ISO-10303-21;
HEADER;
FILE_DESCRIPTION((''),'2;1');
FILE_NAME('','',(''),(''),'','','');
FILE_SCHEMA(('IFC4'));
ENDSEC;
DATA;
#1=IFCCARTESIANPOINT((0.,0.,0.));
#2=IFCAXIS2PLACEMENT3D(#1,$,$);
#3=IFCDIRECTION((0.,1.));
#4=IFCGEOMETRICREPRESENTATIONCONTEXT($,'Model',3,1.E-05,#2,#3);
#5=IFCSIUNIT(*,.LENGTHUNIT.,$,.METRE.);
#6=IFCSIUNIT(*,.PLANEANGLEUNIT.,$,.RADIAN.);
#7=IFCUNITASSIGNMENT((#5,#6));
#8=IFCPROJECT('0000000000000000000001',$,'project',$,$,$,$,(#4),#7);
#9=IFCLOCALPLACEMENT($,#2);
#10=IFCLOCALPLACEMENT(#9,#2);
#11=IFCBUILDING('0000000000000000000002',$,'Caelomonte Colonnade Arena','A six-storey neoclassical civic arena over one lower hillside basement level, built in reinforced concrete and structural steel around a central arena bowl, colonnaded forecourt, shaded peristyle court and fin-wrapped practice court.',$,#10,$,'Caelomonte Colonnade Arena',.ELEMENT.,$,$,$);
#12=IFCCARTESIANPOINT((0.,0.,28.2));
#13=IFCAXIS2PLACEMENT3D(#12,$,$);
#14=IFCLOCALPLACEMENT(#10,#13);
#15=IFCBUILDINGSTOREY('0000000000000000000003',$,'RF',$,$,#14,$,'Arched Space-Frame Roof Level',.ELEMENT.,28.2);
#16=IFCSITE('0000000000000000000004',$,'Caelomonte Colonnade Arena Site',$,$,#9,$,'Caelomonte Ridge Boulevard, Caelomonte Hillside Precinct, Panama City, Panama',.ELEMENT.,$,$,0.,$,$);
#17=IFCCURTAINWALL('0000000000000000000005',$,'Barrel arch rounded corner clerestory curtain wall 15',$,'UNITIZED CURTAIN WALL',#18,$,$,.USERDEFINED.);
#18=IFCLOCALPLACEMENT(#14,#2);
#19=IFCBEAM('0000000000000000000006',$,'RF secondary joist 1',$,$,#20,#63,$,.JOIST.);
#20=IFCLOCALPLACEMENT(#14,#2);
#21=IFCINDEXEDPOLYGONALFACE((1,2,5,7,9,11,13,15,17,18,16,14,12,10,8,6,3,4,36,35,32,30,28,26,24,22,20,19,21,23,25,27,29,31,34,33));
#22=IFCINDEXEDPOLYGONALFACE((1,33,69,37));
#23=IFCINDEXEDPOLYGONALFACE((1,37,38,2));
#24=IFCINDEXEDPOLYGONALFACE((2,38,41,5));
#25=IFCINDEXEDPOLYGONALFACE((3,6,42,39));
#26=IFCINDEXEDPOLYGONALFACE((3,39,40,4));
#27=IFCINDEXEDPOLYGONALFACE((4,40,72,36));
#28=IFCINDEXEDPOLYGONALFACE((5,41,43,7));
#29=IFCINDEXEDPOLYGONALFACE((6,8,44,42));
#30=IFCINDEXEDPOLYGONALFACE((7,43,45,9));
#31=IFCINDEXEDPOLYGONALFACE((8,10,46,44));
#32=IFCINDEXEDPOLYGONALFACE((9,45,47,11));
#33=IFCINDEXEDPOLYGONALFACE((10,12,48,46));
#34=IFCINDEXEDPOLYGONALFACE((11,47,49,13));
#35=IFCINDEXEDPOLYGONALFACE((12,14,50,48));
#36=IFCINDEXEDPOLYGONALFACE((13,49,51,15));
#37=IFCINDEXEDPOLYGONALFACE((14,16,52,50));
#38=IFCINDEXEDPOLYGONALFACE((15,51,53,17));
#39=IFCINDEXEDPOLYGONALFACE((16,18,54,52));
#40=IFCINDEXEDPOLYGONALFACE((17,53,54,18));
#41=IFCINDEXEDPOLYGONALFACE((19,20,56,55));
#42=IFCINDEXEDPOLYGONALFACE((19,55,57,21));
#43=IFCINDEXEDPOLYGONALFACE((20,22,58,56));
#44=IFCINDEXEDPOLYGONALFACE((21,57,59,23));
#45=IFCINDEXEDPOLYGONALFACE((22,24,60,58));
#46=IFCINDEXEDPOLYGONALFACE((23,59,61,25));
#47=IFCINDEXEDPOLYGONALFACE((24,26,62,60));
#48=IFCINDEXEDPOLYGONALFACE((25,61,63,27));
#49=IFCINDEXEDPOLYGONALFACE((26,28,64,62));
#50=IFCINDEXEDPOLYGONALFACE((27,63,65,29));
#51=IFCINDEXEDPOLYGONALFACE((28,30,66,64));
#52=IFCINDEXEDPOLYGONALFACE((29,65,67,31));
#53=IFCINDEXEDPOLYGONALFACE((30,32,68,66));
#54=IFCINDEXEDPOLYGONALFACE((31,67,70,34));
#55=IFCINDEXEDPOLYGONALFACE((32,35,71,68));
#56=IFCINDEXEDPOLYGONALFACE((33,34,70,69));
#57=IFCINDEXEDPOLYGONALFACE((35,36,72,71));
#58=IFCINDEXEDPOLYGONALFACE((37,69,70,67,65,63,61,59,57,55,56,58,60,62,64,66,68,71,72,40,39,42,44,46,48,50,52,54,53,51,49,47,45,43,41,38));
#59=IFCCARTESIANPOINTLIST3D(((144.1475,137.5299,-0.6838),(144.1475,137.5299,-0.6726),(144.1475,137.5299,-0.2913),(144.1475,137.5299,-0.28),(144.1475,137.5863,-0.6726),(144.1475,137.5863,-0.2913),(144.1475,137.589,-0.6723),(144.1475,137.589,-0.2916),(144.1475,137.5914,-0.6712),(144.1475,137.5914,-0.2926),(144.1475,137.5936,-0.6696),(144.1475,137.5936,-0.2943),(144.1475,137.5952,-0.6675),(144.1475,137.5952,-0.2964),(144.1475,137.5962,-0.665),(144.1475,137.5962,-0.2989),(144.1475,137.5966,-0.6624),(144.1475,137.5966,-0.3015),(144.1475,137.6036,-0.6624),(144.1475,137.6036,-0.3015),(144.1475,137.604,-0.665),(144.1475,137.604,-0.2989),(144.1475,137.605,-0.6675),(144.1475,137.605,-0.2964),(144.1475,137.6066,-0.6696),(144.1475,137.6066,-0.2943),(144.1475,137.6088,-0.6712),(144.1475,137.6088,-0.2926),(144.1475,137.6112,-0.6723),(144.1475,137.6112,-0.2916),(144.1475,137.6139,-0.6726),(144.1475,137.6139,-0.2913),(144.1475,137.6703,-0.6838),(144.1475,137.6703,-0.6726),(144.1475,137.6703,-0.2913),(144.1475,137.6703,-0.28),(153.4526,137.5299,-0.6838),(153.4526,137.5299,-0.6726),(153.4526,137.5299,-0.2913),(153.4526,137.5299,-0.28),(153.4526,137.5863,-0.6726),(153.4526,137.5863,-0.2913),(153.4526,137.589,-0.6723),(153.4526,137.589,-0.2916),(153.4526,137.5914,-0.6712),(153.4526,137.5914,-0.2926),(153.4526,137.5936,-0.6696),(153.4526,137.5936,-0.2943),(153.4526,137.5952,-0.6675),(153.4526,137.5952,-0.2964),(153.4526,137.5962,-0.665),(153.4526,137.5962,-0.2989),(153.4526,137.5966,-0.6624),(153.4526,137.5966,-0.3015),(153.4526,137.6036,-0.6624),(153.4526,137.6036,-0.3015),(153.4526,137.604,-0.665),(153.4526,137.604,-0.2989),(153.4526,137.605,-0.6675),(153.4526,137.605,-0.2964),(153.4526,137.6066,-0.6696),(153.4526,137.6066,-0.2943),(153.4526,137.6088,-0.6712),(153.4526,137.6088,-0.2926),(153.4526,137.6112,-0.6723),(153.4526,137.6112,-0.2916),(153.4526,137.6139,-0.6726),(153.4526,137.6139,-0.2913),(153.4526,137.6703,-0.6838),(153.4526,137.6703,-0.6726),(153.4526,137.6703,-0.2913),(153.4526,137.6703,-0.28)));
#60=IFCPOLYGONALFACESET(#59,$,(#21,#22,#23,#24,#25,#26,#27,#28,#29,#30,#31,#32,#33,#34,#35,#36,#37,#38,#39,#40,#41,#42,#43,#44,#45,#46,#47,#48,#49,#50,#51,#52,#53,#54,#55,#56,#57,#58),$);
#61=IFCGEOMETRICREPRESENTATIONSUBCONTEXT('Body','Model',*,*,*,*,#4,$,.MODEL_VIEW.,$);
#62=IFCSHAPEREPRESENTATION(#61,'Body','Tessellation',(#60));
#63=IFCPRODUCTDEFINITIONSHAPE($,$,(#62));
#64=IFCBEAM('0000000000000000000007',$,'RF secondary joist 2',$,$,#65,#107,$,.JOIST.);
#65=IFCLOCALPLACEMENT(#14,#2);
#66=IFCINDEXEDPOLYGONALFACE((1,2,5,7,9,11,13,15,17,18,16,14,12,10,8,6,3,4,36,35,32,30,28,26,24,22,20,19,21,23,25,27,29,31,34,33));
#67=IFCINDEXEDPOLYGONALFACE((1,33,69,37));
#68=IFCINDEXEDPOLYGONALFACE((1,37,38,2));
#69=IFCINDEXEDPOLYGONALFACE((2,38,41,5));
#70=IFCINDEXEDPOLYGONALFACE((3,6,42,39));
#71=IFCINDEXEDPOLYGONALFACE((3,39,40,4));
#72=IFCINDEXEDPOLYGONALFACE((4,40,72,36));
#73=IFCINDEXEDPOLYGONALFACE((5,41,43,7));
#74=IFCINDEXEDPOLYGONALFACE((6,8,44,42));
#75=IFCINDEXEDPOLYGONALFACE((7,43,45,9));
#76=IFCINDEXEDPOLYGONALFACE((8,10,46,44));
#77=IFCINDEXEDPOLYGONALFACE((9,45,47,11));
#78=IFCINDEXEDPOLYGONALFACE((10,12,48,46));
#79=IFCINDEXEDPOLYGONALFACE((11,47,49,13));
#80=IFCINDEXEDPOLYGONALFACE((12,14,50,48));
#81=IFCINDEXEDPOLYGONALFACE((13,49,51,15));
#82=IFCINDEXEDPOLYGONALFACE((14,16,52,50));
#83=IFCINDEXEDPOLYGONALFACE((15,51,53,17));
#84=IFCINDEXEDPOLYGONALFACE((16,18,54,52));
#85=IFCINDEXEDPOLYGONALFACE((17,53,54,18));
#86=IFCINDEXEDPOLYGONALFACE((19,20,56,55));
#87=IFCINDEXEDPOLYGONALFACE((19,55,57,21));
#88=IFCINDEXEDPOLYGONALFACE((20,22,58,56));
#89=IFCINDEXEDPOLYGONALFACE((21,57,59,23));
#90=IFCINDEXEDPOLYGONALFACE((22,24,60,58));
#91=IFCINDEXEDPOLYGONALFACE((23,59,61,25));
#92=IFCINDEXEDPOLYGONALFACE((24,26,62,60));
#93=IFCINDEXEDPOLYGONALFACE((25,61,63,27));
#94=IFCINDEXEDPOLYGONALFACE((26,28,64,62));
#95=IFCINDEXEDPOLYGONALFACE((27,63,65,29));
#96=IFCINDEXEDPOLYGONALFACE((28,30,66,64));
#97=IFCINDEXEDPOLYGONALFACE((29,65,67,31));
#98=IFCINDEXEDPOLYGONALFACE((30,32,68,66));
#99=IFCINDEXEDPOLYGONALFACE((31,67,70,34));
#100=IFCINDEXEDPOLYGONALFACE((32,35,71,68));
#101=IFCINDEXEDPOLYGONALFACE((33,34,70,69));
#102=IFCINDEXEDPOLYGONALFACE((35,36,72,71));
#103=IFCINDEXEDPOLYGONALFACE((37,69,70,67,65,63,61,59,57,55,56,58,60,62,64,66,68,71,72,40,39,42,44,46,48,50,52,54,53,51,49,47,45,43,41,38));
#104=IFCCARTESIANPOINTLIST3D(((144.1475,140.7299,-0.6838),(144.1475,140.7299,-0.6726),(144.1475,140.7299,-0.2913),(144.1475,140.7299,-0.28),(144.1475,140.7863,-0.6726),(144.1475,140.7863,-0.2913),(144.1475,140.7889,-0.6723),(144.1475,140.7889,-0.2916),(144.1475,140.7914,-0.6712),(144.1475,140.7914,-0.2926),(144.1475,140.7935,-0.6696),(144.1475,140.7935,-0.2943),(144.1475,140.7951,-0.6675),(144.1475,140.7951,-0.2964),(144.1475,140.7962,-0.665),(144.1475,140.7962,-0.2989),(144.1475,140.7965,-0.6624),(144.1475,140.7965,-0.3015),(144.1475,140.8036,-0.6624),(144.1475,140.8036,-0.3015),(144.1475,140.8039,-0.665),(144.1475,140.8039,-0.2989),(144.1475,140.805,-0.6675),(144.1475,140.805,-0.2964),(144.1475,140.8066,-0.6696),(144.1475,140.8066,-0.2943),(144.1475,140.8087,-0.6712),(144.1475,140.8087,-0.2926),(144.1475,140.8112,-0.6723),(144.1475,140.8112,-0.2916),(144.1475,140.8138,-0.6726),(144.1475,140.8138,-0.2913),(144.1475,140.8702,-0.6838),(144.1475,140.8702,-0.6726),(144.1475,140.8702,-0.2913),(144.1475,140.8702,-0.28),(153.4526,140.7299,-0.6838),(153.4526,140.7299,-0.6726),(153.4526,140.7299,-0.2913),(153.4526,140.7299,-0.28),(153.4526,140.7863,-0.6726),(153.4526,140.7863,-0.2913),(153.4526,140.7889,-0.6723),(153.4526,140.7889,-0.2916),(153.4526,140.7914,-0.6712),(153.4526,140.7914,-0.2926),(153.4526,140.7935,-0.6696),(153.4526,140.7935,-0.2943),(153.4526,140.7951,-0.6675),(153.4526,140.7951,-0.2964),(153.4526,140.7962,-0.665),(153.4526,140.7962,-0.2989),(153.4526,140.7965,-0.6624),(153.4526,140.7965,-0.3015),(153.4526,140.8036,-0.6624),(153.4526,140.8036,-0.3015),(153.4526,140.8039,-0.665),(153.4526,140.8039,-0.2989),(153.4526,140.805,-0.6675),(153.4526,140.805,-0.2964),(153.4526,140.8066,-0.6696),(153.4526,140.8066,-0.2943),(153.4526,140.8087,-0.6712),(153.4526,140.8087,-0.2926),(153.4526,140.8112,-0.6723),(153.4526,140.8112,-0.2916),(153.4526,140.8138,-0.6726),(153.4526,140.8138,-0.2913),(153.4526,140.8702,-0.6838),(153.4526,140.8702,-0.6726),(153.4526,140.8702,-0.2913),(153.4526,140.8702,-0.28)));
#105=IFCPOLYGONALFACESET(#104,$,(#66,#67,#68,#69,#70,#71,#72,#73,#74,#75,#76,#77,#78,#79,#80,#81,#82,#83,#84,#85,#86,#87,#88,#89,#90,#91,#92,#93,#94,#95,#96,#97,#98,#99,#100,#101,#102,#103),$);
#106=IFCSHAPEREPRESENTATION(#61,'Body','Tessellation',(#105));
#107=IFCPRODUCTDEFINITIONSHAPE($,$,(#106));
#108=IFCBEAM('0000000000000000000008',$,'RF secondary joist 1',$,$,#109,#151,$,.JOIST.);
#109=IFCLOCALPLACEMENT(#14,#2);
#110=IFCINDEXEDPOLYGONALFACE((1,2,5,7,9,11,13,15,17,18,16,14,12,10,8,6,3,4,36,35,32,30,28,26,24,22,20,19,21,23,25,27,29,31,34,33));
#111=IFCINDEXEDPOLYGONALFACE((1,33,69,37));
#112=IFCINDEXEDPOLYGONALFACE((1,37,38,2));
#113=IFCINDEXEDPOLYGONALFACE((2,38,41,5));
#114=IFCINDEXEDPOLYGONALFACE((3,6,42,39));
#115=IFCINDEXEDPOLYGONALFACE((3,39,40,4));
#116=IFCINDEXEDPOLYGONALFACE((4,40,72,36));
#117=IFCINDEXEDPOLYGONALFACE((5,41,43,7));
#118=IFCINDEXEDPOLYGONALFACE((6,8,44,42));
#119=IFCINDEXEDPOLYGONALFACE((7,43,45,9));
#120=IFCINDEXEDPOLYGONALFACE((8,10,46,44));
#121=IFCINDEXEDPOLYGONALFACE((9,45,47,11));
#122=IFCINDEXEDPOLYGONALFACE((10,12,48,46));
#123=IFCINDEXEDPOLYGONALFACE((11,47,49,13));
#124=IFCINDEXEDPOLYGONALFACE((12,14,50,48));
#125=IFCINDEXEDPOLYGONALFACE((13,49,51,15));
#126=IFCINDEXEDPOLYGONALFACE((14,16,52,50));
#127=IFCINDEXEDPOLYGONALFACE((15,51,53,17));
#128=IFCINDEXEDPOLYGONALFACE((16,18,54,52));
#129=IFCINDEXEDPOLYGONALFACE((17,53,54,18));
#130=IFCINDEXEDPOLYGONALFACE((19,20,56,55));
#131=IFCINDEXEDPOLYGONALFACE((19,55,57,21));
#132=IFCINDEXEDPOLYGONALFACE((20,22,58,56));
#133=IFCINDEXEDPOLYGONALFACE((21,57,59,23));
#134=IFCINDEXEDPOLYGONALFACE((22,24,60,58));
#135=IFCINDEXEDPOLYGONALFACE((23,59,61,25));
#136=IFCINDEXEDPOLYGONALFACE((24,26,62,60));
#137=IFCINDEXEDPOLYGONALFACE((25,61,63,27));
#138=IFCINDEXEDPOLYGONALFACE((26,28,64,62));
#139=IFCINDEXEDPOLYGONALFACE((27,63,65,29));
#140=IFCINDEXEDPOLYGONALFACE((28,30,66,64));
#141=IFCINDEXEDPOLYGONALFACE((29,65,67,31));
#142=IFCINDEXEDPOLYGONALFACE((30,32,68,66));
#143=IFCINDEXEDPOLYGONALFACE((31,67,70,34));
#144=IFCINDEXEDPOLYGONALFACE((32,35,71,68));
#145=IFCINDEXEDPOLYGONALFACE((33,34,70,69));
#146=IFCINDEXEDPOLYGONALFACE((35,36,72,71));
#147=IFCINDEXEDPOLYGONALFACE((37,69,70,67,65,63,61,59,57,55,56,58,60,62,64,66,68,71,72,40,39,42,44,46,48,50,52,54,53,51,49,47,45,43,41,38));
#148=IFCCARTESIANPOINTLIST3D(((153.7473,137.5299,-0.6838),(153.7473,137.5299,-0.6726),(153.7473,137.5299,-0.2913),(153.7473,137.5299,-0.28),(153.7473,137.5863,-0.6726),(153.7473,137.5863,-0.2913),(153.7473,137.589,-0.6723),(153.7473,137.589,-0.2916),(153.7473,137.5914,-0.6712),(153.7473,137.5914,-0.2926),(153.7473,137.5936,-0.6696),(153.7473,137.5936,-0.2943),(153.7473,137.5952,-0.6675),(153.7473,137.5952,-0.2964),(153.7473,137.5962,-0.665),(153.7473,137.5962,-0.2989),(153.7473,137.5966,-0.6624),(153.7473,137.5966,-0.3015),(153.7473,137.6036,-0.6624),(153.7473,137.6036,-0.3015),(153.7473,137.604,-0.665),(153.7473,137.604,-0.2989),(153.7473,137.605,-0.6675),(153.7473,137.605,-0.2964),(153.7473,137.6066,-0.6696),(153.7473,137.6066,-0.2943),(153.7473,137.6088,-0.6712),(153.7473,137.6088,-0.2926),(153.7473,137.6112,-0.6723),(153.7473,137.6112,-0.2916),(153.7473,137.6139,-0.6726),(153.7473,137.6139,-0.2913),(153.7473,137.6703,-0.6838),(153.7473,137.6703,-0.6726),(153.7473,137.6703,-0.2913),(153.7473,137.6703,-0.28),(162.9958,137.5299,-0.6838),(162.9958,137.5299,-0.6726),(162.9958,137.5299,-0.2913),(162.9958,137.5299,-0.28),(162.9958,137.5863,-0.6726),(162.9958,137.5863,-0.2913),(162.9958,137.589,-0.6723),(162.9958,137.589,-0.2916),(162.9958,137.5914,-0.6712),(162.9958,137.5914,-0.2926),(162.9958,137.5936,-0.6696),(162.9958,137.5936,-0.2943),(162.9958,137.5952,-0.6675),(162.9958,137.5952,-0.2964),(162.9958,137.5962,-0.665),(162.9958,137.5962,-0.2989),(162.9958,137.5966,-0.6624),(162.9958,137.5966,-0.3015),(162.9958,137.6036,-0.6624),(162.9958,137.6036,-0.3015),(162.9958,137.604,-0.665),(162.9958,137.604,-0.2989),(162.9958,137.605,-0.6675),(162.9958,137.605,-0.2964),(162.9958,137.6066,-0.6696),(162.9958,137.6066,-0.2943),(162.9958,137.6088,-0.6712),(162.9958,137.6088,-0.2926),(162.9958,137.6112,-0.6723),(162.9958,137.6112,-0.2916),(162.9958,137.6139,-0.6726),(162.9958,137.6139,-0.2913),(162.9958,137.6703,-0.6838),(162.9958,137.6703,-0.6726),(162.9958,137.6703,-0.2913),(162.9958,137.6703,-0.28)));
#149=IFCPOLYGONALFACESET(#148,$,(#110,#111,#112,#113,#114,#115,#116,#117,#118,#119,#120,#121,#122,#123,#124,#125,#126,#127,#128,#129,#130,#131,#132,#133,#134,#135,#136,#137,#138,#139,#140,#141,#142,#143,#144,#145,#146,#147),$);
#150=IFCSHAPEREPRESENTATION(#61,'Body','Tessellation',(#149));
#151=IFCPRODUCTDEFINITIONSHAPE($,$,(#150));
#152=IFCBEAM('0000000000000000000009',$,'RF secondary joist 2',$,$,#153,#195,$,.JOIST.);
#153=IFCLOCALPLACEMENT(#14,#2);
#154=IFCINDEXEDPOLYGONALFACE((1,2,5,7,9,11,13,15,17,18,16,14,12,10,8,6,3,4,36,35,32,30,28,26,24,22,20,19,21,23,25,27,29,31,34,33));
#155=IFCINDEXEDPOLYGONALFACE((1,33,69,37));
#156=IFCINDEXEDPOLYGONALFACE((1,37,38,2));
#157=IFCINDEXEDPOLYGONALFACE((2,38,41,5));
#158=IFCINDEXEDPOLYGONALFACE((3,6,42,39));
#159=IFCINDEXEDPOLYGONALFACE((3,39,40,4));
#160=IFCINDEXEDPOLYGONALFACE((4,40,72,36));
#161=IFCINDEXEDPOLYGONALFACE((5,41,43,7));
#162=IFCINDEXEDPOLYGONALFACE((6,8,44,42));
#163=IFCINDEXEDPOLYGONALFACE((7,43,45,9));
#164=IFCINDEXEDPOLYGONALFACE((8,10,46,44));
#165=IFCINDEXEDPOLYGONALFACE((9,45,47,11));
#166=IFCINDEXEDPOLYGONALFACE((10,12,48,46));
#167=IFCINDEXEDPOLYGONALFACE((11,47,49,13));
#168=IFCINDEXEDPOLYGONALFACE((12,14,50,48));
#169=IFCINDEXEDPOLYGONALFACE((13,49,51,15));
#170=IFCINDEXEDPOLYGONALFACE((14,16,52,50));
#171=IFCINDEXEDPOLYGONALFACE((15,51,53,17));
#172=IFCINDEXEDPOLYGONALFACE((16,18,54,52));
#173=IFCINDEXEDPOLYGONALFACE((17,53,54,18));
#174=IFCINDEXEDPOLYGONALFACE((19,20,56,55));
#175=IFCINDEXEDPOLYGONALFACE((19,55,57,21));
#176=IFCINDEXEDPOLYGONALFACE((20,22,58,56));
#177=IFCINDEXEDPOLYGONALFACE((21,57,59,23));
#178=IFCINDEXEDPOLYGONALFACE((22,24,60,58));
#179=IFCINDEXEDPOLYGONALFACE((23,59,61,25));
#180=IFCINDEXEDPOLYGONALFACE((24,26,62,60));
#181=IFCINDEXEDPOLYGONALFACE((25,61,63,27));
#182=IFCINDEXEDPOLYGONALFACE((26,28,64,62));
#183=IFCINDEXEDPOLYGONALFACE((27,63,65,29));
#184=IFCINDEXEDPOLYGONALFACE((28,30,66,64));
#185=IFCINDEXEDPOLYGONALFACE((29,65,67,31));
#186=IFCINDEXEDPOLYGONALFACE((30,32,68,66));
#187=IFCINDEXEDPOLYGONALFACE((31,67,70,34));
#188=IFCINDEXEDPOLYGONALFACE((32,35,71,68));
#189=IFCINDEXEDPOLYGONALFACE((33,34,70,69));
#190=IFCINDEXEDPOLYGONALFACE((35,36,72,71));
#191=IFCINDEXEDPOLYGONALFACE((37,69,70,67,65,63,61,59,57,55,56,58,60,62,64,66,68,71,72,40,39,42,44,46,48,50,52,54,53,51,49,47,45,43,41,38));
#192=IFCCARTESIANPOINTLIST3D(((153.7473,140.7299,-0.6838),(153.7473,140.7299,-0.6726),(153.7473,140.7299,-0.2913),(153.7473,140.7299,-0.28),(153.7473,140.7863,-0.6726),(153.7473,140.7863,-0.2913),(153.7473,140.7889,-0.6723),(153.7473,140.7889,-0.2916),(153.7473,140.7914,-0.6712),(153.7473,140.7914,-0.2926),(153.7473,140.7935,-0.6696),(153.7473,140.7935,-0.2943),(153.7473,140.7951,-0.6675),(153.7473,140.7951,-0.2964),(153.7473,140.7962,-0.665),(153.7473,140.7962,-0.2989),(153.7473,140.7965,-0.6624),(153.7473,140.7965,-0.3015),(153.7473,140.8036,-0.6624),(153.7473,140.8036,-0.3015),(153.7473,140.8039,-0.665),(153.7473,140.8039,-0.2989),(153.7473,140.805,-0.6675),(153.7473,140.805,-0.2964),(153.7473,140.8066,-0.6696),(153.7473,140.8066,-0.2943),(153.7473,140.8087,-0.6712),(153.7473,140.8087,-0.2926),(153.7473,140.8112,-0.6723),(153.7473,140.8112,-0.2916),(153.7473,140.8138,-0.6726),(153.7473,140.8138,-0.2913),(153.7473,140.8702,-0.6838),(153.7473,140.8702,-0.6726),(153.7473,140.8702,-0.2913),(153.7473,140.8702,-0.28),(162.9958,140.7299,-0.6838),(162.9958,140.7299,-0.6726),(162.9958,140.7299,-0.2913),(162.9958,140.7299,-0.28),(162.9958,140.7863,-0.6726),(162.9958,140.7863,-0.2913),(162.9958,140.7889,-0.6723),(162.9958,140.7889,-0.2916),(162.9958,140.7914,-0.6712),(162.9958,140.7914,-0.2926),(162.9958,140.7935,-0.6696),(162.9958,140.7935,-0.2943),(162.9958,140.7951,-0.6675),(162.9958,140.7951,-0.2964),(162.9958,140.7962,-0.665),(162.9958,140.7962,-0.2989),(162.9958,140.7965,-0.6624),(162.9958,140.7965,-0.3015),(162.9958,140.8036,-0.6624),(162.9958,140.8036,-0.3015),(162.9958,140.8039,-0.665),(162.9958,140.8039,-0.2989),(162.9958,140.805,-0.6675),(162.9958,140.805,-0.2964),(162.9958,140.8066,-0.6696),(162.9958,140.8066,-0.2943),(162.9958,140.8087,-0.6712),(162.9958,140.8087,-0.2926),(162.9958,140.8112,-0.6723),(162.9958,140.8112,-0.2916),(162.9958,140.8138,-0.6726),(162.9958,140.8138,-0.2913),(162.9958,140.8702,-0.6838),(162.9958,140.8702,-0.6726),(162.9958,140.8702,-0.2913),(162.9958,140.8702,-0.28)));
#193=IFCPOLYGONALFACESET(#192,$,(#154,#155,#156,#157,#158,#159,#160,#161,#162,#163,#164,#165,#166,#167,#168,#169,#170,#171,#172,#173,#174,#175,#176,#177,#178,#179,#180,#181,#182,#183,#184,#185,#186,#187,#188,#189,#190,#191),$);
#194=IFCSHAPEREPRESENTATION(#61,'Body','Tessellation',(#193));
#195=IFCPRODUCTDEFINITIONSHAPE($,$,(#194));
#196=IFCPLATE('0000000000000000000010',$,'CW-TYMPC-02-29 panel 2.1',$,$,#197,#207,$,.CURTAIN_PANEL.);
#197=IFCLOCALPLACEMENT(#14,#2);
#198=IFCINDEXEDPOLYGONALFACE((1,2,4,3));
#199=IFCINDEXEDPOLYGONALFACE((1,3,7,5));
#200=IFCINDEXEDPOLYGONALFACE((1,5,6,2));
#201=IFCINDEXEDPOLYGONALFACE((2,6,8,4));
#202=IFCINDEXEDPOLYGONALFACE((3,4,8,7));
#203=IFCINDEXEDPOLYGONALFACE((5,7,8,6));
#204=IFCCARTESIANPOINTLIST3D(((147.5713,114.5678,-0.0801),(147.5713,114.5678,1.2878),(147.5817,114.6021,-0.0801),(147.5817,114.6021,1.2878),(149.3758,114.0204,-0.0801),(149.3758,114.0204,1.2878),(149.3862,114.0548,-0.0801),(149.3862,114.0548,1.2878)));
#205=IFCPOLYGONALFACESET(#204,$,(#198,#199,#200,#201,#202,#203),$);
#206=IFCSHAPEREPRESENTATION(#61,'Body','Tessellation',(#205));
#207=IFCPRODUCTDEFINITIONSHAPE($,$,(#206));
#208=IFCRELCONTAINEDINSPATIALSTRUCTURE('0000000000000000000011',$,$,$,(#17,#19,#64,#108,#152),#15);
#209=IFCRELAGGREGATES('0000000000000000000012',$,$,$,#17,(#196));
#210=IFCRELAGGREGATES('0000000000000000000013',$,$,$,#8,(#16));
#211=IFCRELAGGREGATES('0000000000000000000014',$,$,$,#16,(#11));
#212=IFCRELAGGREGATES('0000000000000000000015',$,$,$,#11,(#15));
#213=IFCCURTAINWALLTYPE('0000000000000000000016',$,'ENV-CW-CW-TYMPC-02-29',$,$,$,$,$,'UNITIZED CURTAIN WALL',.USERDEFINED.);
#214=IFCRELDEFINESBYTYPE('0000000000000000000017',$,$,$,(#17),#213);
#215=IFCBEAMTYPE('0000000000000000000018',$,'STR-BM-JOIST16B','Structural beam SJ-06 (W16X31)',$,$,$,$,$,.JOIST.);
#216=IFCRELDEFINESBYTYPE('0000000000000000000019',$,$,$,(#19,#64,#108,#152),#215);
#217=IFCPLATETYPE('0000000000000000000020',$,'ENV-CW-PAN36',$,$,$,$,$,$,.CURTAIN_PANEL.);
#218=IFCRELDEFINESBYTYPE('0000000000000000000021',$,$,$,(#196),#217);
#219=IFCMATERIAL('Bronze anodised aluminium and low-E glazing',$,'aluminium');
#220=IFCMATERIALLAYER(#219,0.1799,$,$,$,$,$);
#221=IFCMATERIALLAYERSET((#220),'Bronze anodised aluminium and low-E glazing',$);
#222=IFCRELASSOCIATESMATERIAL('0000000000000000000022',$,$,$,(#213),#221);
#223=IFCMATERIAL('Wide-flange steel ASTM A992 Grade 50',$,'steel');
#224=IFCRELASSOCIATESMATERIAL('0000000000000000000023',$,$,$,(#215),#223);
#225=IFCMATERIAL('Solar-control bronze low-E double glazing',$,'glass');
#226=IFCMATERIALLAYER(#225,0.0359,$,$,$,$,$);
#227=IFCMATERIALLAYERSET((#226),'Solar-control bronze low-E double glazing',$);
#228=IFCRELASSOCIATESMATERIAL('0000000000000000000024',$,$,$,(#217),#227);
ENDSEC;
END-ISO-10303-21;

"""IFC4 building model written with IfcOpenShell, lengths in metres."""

from ifc_helpers import new_model, si_unit, direction, frame, origin, origin_2d, place, context, subcontext, project, spatial, rectangle, i_section, extrude, material, layer, layer_set, material_profile, profile_set, type_object, element, aggregate, save


model = new_model("IFC4")

# Units and contexts
model_context = context("Model", 3, precision=1e-05, world=origin(), true_north=direction((0.0, 1.0)))
body_context = subcontext(model_context, "Body", "Model", "MODEL_VIEW")
ifc_project = project(units=[si_unit("LENGTHUNIT", "METRE"), si_unit("PLANEANGLEUNIT", "RADIAN")], contexts=[model_context])

# Site, building, storey
site_placement = place(None, origin())
site = spatial("IfcSite", under=ifc_project, at=site_placement, Name="Caelomonte Colonnade Arena Site", LongName="Caelomonte Ridge Boulevard, Caelomonte Hillside Precinct, Panama City, Panama", CompositionType="ELEMENT", RefElevation=0.0)
building_placement = place(site_placement, origin())
building = spatial("IfcBuilding", under=site, at=building_placement, Name="Caelomonte Colonnade Arena", Description="A six-storey neoclassical civic arena over one lower hillside basement level, built in reinforced concrete and structural steel around a central arena bowl, colonnaded forecourt, shaded peristyle court and fin-wrapped practice court.", LongName="Caelomonte Colonnade Arena", CompositionType="ELEMENT")
storey_placement = place(building_placement, frame((0.0, 0.0, 28.2)))
storey = spatial("IfcBuildingStorey", under=building, at=storey_placement, Name="RF", LongName="Arched Space-Frame Roof Level", CompositionType="ELEMENT", Elevation=28.2)

# Curtain wall
ifc_material_1 = material(Name="Bronze anodised aluminium and low-E glazing", Category="aluminium")
ifc_layer_1 = layer(ifc_material_1, 0.1799)
ifc_layer_set_1 = layer_set([ifc_layer_1], Name="Bronze anodised aluminium and low-E glazing")
curtain_wall_type_1 = type_object("IfcCurtainWallType", Name="ENV-CW-CW-TYMPC-02-29", ElementType="UNITIZED CURTAIN WALL", PredefinedType="USERDEFINED", material=ifc_layer_set_1)
curtain_wall_1_placement = place(storey_placement, origin())
curtain_wall_1 = element("IfcCurtainWall", 1, at=curtain_wall_1_placement, inside=storey, type_object=curtain_wall_type_1, Name="Barrel arch rounded corner clerestory curtain wall 15", ObjectType="UNITIZED CURTAIN WALL", PredefinedType="USERDEFINED")

# Beams
ifc_material_2 = material(Name="Wide-flange steel ASTM A992 Grade 50", Category="steel")
ifc_material_profile_1 = material_profile(ifc_material_2, i_section(OverallWidth=0.1404, OverallDepth=0.4038, WebThickness=0.0071, FlangeThickness=0.0112, FilletRadius=0.0103, at=origin_2d()), Name="W16X31")
ifc_profile_set_1 = profile_set([ifc_material_profile_1], Name="Wide-flange steel ASTM A992 Grade 50")
beam_type_1 = type_object("IfcBeamType", Name="STR-BM-JOIST16B", Description="Structural beam SJ-06 (W16X31)", PredefinedType="JOIST", material=ifc_profile_set_1)
for number, where, z_axis, x_axis, name in (
    (2, (144.1475, 137.6001, -0.4819), (1.0, 0.0, 0.0), (0.0, 1.0, 0.0), "RF secondary joist 1"),
    (3, (144.1475, 140.8, -0.4819), (1.0, 0.0, 0.0), (0.0, 1.0, 0.0), "RF secondary joist 2"),
):
    element("IfcBeam", number, at=place(storey_placement, frame(where, z_axis=z_axis, x_axis=x_axis)), inside=storey, type_object=beam_type_1, Name=name, PredefinedType="JOIST", context=body_context, shape_type="SweptSolid", body=[
        extrude(i_section(OverallWidth=0.1404, OverallDepth=0.4038, WebThickness=0.0071, FlangeThickness=0.0112, FilletRadius=0.0103, at=origin_2d()), origin(), (0.0, 0.0, 1.0), 9.3052),
    ])
for number, where, z_axis, x_axis, name in (
    (4, (153.7473, 137.6001, -0.4819), (1.0, 0.0, 0.0), (0.0, 1.0, 0.0), "RF secondary joist 1"),
    (5, (153.7473, 140.8, -0.4819), (1.0, 0.0, 0.0), (0.0, 1.0, 0.0), "RF secondary joist 2"),
):
    element("IfcBeam", number, at=place(storey_placement, frame(where, z_axis=z_axis, x_axis=x_axis)), inside=storey, type_object=beam_type_1, Name=name, PredefinedType="JOIST", context=body_context, shape_type="SweptSolid", body=[
        extrude(i_section(OverallWidth=0.1404, OverallDepth=0.4038, WebThickness=0.0071, FlangeThickness=0.0112, FilletRadius=0.0103, at=origin_2d()), origin(), (0.0, 0.0, 1.0), 9.2485),
    ])

# Plate
ifc_material_3 = material(Name="Solar-control bronze low-E double glazing", Category="glass")
ifc_layer_2 = layer(ifc_material_3, 0.0359)
ifc_layer_set_2 = layer_set([ifc_layer_2], Name="Solar-control bronze low-E double glazing")
plate_type = type_object("IfcPlateType", Name="ENV-CW-PAN36", PredefinedType="CURTAIN_PANEL", material=ifc_layer_set_2)
plate_1_placement = place(storey_placement, frame((148.4788, 114.3113, -0.0801), z_axis=(0.0, 0.0, 1.0), x_axis=(-0.956946, 0.290266, 0.0)))
plate_1 = element("IfcPlate", 6, at=plate_1_placement, type_object=plate_type, Name="CW-TYMPC-02-29 panel 2.1", PredefinedType="CURTAIN_PANEL", context=body_context, shape_type="SweptSolid", body=[
    extrude(rectangle(XDim=1.8857, YDim=0.0359, at=origin_2d()), origin(), (0.0, 0.0, 1.0), 1.3679),
])
aggregate(curtain_wall_1, [plate_1])

save(model, "model.ifc")
